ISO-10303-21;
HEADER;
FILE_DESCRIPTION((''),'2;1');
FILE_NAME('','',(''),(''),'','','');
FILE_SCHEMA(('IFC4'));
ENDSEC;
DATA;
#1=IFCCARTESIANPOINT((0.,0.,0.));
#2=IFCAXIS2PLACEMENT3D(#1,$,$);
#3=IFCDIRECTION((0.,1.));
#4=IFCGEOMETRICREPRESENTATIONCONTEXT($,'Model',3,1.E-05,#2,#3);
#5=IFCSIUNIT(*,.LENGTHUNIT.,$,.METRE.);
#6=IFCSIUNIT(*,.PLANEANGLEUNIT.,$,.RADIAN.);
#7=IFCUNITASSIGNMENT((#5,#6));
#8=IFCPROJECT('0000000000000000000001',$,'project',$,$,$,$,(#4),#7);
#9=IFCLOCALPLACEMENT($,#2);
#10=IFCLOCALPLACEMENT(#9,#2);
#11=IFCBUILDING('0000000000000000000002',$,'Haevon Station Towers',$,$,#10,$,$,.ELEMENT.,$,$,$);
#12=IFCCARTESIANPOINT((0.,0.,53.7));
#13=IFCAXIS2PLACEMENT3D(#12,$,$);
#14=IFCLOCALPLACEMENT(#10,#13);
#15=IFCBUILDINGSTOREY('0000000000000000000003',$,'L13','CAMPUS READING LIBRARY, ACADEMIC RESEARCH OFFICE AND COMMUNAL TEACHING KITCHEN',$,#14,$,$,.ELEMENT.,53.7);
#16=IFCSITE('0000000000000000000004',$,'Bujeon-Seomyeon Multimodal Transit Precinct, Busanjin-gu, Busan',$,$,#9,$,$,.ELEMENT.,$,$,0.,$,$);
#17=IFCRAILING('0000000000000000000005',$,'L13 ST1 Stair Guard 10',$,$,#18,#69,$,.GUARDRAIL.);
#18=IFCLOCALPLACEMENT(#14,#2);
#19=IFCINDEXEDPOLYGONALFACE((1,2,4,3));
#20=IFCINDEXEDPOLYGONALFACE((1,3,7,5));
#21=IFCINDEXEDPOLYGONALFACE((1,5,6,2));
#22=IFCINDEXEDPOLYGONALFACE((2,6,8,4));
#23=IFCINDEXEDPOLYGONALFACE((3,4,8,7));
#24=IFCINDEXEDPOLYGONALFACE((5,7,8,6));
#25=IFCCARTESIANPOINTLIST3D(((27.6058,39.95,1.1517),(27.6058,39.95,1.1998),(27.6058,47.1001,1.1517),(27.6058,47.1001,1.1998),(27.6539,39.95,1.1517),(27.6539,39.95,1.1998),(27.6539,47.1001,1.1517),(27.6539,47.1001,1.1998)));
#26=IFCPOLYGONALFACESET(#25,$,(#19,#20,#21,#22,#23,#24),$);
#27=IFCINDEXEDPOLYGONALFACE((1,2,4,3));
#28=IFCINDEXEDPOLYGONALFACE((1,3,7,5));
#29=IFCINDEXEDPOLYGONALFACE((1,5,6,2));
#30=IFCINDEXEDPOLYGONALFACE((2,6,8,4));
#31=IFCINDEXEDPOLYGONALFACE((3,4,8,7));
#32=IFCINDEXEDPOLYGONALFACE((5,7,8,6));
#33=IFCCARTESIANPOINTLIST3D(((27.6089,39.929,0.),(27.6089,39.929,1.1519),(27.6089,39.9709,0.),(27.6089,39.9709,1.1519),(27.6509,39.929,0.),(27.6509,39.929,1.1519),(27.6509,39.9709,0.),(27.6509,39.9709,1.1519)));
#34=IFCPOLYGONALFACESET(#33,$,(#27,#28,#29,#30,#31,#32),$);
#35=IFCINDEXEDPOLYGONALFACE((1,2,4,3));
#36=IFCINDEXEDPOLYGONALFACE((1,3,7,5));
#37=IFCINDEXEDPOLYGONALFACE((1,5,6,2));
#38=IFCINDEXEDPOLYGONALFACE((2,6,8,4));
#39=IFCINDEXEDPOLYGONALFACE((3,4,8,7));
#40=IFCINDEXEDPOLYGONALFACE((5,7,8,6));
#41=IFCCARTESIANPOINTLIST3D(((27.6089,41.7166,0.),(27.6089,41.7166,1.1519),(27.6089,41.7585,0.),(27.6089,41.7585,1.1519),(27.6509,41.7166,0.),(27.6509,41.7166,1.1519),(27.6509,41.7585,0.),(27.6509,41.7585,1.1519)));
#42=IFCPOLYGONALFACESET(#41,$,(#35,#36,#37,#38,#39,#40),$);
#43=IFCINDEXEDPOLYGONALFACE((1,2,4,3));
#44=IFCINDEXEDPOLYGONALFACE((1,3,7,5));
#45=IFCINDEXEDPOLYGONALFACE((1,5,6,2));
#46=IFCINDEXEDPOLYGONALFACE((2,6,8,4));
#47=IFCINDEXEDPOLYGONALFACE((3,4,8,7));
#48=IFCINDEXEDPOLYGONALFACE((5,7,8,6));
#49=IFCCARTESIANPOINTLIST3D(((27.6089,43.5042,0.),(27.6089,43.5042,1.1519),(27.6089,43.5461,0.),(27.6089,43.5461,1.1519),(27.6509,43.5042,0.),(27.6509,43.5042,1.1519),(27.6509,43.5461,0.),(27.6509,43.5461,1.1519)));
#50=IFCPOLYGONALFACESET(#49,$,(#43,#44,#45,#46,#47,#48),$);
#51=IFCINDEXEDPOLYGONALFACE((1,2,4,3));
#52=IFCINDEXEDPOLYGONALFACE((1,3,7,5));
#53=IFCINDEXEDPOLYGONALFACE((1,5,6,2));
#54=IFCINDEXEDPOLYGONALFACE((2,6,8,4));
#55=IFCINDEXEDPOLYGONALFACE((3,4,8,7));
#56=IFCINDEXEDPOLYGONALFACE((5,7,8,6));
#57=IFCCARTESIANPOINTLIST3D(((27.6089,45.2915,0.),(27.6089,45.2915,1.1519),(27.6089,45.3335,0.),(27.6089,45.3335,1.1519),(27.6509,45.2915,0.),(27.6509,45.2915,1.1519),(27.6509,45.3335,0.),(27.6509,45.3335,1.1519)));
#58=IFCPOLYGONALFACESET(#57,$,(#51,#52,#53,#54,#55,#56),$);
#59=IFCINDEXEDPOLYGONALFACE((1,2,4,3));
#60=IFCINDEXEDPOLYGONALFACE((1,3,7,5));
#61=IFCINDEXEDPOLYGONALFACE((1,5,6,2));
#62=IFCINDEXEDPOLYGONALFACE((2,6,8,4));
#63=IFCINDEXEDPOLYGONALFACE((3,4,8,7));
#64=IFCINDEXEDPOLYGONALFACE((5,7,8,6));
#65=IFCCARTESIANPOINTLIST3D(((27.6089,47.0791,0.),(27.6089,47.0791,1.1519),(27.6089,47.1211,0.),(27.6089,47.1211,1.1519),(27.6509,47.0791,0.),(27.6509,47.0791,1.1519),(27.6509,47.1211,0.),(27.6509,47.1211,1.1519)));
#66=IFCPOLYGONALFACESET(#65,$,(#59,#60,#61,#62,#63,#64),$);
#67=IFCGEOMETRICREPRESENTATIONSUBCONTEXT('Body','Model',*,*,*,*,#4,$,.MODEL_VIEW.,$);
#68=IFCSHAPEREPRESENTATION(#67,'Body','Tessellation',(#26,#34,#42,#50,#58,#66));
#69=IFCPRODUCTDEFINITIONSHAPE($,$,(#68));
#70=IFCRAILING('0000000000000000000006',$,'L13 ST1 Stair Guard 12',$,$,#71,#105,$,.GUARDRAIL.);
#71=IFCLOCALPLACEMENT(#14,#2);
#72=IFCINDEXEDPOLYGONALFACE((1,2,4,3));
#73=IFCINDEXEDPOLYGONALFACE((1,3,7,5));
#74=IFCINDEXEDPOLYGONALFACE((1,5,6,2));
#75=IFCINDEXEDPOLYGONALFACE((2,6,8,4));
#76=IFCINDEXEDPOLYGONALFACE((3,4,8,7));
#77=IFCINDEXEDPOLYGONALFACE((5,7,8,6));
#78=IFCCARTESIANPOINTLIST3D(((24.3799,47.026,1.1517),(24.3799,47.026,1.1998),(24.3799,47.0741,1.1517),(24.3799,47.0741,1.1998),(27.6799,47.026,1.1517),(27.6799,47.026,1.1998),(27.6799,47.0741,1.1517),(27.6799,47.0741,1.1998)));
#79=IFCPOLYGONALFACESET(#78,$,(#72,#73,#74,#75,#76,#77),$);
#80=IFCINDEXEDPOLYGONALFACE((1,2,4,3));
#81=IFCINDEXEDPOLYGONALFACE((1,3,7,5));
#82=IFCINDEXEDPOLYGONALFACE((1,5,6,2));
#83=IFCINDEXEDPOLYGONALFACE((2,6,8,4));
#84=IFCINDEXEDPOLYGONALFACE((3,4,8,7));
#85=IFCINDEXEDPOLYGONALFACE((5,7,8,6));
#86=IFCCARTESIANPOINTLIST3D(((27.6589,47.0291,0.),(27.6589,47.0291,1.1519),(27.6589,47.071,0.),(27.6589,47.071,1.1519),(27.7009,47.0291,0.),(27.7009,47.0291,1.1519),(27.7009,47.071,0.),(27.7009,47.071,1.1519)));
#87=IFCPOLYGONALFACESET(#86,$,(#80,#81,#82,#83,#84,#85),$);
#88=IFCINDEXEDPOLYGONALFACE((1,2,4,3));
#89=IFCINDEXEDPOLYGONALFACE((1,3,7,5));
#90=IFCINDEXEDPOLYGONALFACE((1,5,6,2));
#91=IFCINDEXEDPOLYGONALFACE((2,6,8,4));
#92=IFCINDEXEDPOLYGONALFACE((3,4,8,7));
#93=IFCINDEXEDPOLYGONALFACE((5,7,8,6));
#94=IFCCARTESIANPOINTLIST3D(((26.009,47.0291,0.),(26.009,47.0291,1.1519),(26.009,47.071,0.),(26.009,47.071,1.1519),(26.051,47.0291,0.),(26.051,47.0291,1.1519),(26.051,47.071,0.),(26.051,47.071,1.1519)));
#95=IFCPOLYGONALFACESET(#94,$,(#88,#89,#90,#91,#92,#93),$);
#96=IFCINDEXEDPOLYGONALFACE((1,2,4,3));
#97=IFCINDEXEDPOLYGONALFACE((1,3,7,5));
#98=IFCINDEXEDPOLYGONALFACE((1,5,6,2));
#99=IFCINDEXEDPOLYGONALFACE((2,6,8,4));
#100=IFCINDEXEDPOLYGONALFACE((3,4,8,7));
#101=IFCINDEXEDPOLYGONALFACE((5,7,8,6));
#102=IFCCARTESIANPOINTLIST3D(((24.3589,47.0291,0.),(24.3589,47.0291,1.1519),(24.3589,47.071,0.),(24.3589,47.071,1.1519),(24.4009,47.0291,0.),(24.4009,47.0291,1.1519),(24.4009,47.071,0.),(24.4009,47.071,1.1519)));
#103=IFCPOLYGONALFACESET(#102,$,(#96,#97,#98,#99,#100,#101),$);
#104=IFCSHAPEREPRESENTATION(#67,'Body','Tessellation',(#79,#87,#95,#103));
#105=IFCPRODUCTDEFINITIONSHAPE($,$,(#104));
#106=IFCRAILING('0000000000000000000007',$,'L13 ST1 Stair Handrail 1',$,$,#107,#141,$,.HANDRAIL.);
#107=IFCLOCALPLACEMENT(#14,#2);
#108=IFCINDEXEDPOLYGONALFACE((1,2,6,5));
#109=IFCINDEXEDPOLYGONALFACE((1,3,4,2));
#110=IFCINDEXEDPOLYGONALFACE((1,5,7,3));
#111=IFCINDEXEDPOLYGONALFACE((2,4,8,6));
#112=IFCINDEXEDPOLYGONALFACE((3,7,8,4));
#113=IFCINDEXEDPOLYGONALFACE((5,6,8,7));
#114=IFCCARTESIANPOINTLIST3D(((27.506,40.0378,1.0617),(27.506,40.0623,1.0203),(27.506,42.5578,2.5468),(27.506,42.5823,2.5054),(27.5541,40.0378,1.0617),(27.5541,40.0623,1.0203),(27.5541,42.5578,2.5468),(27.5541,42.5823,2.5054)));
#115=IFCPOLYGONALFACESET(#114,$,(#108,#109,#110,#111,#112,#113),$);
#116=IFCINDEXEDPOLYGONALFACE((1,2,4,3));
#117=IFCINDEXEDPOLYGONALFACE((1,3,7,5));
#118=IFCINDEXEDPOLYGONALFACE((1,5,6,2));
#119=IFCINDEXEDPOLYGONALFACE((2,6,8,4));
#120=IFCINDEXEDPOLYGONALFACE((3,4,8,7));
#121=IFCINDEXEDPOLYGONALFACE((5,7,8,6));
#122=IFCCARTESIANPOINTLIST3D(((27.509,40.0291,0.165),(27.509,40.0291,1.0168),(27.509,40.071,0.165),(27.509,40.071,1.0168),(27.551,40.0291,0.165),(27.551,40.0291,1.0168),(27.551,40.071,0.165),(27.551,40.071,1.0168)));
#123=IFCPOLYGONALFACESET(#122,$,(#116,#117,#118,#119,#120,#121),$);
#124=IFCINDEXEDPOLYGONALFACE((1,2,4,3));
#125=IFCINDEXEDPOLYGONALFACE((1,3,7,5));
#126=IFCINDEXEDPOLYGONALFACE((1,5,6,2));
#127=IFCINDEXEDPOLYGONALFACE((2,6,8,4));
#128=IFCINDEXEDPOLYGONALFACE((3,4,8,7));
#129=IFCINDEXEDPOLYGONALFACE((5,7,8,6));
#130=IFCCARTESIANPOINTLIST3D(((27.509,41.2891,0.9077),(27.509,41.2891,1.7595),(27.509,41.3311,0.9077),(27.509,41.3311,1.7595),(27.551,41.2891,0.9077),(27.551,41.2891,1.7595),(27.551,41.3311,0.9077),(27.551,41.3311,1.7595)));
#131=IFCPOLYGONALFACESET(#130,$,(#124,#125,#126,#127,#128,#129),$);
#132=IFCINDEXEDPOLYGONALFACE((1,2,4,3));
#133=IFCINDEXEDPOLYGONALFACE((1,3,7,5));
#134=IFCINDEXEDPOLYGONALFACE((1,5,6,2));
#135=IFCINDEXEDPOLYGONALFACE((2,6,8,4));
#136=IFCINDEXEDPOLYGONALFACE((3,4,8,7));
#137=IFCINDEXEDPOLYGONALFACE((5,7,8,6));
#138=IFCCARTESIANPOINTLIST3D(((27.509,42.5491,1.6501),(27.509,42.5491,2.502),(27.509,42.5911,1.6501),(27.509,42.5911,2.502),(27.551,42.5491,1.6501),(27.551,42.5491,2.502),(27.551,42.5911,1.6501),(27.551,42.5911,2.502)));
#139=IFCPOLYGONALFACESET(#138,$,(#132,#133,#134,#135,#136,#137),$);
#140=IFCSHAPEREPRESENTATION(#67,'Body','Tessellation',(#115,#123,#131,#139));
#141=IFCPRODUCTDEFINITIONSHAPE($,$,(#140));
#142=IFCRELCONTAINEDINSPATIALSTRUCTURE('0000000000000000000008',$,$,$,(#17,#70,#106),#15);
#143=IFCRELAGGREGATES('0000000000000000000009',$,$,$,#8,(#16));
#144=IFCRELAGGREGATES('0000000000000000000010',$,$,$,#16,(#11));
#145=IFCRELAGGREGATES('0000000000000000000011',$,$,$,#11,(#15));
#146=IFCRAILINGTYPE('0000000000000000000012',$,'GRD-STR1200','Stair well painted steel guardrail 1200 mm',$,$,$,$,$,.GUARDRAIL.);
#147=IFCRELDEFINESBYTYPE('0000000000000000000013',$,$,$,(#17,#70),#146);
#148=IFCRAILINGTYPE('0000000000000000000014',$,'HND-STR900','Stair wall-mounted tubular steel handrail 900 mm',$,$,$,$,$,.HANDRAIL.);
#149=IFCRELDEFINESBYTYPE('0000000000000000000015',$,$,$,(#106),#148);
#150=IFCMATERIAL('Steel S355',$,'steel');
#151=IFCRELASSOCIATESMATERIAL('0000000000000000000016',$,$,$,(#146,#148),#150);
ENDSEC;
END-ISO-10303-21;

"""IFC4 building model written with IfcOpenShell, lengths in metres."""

from ifc_helpers import new_model, si_unit, direction, frame, origin, origin_2d, place, context, subcontext, project, spatial, rectangle, extrude, material, type_object, element, save


model = new_model("IFC4")

# Units and contexts
model_context = context("Model", 3, precision=1e-05, world=origin(), true_north=direction((0.0, 1.0)))
body_context = subcontext(model_context, "Body", "Model", "MODEL_VIEW")
ifc_project = project(units=[si_unit("LENGTHUNIT", "METRE"), si_unit("PLANEANGLEUNIT", "RADIAN")], contexts=[model_context])

# Site, building, storey
site_placement = place(None, origin())
site = spatial("IfcSite", under=ifc_project, at=site_placement, Name="Bujeon-Seomyeon Multimodal Transit Precinct, Busanjin-gu, Busan", CompositionType="ELEMENT", RefElevation=0.0)
building_placement = place(site_placement, origin())
building = spatial("IfcBuilding", under=site, at=building_placement, Name="Haevon Station Towers", CompositionType="ELEMENT")
storey_placement = place(building_placement, frame((0.0, 0.0, 53.7)))
storey = spatial("IfcBuildingStorey", under=building, at=storey_placement, Name="L13", Description="CAMPUS READING LIBRARY, ACADEMIC RESEARCH OFFICE AND COMMUNAL TEACHING KITCHEN", CompositionType="ELEMENT", Elevation=53.7)

# Shared definitions
ifc_material_1 = material(Name="Steel S355", Category="steel")

# Railings
railing_type_1 = type_object("IfcRailingType", Name="GRD-STR1200", Description="Stair well painted steel guardrail 1200 mm", PredefinedType="GUARDRAIL", material=ifc_material_1)
railing_1_placement = place(storey_placement, frame((27.6299, 39.95, 0.0)))
element("IfcRailing", 1, at=railing_1_placement, inside=storey, type_object=railing_type_1, Name="L13 ST1 Stair Guard 10", PredefinedType="GUARDRAIL", context=body_context, shape_type="SweptSolid", body=[
    extrude(rectangle(XDim=0.0481, YDim=0.0481, at=origin_2d()), frame((0.0, 0.0, 1.1758), z_axis=(0.0, 1.0, 0.0), x_axis=(-1.0, 0.0, 0.0)), (0.0, 0.0, 1.0), 7.1501),
    extrude(rectangle(XDim=0.042, YDim=0.042, at=origin_2d()), origin(), (0.0, 0.0, 1.0), 1.1519),
    extrude(rectangle(XDim=0.042, YDim=0.042, at=origin_2d()), frame((0.0, 1.7876, 0.0)), (0.0, 0.0, 1.0), 1.1519),
    extrude(rectangle(XDim=0.042, YDim=0.042, at=origin_2d()), frame((0.0, 3.5752, 0.0)), (0.0, 0.0, 1.0), 1.1519),
    extrude(rectangle(XDim=0.042, YDim=0.042, at=origin_2d()), frame((0.0, 5.3625, 0.0)), (0.0, 0.0, 1.0), 1.1519),
    extrude(rectangle(XDim=0.042, YDim=0.042, at=origin_2d()), frame((0.0, 7.1501, 0.0)), (0.0, 0.0, 1.0), 1.1519),
])
railing_2_placement = place(storey_placement, frame((27.6799, 47.05, 0.0)))
element("IfcRailing", 2, at=railing_2_placement, inside=storey, type_object=railing_type_1, Name="L13 ST1 Stair Guard 12", PredefinedType="GUARDRAIL", context=body_context, shape_type="SweptSolid", body=[
    extrude(rectangle(XDim=0.0481, YDim=0.0481, at=origin_2d()), frame((0.0, 0.0, 1.1758), z_axis=(-1.0, 0.0, 0.0), x_axis=(0.0, -1.0, 0.0)), (0.0, 0.0, 1.0), 3.3),
    extrude(rectangle(XDim=0.042, YDim=0.042, at=origin_2d()), origin(), (0.0, 0.0, 1.0), 1.1519),
    extrude(rectangle(XDim=0.042, YDim=0.042, at=origin_2d()), frame((-1.6499, 0.0, 0.0)), (0.0, 0.0, 1.0), 1.1519),
    extrude(rectangle(XDim=0.042, YDim=0.042, at=origin_2d()), frame((-3.3, 0.0, 0.0)), (0.0, 0.0, 1.0), 1.1519),
])
railing_type_2 = type_object("IfcRailingType", Name="HND-STR900", Description="Stair wall-mounted tubular steel handrail 900 mm", PredefinedType="HANDRAIL", material=ifc_material_1)
railing_3_placement = place(storey_placement, frame((27.53, 40.05, 0.165)))
element("IfcRailing", 3, at=railing_3_placement, inside=storey, type_object=railing_type_2, Name="L13 ST1 Stair Handrail 1", PredefinedType="HANDRAIL", context=body_context, shape_type="SweptSolid", body=[
    extrude(rectangle(XDim=0.0481, YDim=0.0481, at=origin_2d()), frame((0.0, 0.0, 0.876), z_axis=(0.0, 0.861524, 0.507717), x_axis=(-1.0, 0.0, 0.0)), (0.0, 0.0, 1.0), 2.925),
    extrude(rectangle(XDim=0.042, YDim=0.042, at=origin_2d()), origin(), (0.0, 0.0, 1.0), 0.8518),
    extrude(rectangle(XDim=0.042, YDim=0.042, at=origin_2d()), frame((0.0, 1.26, 0.7427)), (0.0, 0.0, 1.0), 0.8518),
    extrude(rectangle(XDim=0.042, YDim=0.042, at=origin_2d()), frame((0.0, 2.52, 1.4851)), (0.0, 0.0, 1.0), 0.8518),
])

save(model, "model.ifc")
